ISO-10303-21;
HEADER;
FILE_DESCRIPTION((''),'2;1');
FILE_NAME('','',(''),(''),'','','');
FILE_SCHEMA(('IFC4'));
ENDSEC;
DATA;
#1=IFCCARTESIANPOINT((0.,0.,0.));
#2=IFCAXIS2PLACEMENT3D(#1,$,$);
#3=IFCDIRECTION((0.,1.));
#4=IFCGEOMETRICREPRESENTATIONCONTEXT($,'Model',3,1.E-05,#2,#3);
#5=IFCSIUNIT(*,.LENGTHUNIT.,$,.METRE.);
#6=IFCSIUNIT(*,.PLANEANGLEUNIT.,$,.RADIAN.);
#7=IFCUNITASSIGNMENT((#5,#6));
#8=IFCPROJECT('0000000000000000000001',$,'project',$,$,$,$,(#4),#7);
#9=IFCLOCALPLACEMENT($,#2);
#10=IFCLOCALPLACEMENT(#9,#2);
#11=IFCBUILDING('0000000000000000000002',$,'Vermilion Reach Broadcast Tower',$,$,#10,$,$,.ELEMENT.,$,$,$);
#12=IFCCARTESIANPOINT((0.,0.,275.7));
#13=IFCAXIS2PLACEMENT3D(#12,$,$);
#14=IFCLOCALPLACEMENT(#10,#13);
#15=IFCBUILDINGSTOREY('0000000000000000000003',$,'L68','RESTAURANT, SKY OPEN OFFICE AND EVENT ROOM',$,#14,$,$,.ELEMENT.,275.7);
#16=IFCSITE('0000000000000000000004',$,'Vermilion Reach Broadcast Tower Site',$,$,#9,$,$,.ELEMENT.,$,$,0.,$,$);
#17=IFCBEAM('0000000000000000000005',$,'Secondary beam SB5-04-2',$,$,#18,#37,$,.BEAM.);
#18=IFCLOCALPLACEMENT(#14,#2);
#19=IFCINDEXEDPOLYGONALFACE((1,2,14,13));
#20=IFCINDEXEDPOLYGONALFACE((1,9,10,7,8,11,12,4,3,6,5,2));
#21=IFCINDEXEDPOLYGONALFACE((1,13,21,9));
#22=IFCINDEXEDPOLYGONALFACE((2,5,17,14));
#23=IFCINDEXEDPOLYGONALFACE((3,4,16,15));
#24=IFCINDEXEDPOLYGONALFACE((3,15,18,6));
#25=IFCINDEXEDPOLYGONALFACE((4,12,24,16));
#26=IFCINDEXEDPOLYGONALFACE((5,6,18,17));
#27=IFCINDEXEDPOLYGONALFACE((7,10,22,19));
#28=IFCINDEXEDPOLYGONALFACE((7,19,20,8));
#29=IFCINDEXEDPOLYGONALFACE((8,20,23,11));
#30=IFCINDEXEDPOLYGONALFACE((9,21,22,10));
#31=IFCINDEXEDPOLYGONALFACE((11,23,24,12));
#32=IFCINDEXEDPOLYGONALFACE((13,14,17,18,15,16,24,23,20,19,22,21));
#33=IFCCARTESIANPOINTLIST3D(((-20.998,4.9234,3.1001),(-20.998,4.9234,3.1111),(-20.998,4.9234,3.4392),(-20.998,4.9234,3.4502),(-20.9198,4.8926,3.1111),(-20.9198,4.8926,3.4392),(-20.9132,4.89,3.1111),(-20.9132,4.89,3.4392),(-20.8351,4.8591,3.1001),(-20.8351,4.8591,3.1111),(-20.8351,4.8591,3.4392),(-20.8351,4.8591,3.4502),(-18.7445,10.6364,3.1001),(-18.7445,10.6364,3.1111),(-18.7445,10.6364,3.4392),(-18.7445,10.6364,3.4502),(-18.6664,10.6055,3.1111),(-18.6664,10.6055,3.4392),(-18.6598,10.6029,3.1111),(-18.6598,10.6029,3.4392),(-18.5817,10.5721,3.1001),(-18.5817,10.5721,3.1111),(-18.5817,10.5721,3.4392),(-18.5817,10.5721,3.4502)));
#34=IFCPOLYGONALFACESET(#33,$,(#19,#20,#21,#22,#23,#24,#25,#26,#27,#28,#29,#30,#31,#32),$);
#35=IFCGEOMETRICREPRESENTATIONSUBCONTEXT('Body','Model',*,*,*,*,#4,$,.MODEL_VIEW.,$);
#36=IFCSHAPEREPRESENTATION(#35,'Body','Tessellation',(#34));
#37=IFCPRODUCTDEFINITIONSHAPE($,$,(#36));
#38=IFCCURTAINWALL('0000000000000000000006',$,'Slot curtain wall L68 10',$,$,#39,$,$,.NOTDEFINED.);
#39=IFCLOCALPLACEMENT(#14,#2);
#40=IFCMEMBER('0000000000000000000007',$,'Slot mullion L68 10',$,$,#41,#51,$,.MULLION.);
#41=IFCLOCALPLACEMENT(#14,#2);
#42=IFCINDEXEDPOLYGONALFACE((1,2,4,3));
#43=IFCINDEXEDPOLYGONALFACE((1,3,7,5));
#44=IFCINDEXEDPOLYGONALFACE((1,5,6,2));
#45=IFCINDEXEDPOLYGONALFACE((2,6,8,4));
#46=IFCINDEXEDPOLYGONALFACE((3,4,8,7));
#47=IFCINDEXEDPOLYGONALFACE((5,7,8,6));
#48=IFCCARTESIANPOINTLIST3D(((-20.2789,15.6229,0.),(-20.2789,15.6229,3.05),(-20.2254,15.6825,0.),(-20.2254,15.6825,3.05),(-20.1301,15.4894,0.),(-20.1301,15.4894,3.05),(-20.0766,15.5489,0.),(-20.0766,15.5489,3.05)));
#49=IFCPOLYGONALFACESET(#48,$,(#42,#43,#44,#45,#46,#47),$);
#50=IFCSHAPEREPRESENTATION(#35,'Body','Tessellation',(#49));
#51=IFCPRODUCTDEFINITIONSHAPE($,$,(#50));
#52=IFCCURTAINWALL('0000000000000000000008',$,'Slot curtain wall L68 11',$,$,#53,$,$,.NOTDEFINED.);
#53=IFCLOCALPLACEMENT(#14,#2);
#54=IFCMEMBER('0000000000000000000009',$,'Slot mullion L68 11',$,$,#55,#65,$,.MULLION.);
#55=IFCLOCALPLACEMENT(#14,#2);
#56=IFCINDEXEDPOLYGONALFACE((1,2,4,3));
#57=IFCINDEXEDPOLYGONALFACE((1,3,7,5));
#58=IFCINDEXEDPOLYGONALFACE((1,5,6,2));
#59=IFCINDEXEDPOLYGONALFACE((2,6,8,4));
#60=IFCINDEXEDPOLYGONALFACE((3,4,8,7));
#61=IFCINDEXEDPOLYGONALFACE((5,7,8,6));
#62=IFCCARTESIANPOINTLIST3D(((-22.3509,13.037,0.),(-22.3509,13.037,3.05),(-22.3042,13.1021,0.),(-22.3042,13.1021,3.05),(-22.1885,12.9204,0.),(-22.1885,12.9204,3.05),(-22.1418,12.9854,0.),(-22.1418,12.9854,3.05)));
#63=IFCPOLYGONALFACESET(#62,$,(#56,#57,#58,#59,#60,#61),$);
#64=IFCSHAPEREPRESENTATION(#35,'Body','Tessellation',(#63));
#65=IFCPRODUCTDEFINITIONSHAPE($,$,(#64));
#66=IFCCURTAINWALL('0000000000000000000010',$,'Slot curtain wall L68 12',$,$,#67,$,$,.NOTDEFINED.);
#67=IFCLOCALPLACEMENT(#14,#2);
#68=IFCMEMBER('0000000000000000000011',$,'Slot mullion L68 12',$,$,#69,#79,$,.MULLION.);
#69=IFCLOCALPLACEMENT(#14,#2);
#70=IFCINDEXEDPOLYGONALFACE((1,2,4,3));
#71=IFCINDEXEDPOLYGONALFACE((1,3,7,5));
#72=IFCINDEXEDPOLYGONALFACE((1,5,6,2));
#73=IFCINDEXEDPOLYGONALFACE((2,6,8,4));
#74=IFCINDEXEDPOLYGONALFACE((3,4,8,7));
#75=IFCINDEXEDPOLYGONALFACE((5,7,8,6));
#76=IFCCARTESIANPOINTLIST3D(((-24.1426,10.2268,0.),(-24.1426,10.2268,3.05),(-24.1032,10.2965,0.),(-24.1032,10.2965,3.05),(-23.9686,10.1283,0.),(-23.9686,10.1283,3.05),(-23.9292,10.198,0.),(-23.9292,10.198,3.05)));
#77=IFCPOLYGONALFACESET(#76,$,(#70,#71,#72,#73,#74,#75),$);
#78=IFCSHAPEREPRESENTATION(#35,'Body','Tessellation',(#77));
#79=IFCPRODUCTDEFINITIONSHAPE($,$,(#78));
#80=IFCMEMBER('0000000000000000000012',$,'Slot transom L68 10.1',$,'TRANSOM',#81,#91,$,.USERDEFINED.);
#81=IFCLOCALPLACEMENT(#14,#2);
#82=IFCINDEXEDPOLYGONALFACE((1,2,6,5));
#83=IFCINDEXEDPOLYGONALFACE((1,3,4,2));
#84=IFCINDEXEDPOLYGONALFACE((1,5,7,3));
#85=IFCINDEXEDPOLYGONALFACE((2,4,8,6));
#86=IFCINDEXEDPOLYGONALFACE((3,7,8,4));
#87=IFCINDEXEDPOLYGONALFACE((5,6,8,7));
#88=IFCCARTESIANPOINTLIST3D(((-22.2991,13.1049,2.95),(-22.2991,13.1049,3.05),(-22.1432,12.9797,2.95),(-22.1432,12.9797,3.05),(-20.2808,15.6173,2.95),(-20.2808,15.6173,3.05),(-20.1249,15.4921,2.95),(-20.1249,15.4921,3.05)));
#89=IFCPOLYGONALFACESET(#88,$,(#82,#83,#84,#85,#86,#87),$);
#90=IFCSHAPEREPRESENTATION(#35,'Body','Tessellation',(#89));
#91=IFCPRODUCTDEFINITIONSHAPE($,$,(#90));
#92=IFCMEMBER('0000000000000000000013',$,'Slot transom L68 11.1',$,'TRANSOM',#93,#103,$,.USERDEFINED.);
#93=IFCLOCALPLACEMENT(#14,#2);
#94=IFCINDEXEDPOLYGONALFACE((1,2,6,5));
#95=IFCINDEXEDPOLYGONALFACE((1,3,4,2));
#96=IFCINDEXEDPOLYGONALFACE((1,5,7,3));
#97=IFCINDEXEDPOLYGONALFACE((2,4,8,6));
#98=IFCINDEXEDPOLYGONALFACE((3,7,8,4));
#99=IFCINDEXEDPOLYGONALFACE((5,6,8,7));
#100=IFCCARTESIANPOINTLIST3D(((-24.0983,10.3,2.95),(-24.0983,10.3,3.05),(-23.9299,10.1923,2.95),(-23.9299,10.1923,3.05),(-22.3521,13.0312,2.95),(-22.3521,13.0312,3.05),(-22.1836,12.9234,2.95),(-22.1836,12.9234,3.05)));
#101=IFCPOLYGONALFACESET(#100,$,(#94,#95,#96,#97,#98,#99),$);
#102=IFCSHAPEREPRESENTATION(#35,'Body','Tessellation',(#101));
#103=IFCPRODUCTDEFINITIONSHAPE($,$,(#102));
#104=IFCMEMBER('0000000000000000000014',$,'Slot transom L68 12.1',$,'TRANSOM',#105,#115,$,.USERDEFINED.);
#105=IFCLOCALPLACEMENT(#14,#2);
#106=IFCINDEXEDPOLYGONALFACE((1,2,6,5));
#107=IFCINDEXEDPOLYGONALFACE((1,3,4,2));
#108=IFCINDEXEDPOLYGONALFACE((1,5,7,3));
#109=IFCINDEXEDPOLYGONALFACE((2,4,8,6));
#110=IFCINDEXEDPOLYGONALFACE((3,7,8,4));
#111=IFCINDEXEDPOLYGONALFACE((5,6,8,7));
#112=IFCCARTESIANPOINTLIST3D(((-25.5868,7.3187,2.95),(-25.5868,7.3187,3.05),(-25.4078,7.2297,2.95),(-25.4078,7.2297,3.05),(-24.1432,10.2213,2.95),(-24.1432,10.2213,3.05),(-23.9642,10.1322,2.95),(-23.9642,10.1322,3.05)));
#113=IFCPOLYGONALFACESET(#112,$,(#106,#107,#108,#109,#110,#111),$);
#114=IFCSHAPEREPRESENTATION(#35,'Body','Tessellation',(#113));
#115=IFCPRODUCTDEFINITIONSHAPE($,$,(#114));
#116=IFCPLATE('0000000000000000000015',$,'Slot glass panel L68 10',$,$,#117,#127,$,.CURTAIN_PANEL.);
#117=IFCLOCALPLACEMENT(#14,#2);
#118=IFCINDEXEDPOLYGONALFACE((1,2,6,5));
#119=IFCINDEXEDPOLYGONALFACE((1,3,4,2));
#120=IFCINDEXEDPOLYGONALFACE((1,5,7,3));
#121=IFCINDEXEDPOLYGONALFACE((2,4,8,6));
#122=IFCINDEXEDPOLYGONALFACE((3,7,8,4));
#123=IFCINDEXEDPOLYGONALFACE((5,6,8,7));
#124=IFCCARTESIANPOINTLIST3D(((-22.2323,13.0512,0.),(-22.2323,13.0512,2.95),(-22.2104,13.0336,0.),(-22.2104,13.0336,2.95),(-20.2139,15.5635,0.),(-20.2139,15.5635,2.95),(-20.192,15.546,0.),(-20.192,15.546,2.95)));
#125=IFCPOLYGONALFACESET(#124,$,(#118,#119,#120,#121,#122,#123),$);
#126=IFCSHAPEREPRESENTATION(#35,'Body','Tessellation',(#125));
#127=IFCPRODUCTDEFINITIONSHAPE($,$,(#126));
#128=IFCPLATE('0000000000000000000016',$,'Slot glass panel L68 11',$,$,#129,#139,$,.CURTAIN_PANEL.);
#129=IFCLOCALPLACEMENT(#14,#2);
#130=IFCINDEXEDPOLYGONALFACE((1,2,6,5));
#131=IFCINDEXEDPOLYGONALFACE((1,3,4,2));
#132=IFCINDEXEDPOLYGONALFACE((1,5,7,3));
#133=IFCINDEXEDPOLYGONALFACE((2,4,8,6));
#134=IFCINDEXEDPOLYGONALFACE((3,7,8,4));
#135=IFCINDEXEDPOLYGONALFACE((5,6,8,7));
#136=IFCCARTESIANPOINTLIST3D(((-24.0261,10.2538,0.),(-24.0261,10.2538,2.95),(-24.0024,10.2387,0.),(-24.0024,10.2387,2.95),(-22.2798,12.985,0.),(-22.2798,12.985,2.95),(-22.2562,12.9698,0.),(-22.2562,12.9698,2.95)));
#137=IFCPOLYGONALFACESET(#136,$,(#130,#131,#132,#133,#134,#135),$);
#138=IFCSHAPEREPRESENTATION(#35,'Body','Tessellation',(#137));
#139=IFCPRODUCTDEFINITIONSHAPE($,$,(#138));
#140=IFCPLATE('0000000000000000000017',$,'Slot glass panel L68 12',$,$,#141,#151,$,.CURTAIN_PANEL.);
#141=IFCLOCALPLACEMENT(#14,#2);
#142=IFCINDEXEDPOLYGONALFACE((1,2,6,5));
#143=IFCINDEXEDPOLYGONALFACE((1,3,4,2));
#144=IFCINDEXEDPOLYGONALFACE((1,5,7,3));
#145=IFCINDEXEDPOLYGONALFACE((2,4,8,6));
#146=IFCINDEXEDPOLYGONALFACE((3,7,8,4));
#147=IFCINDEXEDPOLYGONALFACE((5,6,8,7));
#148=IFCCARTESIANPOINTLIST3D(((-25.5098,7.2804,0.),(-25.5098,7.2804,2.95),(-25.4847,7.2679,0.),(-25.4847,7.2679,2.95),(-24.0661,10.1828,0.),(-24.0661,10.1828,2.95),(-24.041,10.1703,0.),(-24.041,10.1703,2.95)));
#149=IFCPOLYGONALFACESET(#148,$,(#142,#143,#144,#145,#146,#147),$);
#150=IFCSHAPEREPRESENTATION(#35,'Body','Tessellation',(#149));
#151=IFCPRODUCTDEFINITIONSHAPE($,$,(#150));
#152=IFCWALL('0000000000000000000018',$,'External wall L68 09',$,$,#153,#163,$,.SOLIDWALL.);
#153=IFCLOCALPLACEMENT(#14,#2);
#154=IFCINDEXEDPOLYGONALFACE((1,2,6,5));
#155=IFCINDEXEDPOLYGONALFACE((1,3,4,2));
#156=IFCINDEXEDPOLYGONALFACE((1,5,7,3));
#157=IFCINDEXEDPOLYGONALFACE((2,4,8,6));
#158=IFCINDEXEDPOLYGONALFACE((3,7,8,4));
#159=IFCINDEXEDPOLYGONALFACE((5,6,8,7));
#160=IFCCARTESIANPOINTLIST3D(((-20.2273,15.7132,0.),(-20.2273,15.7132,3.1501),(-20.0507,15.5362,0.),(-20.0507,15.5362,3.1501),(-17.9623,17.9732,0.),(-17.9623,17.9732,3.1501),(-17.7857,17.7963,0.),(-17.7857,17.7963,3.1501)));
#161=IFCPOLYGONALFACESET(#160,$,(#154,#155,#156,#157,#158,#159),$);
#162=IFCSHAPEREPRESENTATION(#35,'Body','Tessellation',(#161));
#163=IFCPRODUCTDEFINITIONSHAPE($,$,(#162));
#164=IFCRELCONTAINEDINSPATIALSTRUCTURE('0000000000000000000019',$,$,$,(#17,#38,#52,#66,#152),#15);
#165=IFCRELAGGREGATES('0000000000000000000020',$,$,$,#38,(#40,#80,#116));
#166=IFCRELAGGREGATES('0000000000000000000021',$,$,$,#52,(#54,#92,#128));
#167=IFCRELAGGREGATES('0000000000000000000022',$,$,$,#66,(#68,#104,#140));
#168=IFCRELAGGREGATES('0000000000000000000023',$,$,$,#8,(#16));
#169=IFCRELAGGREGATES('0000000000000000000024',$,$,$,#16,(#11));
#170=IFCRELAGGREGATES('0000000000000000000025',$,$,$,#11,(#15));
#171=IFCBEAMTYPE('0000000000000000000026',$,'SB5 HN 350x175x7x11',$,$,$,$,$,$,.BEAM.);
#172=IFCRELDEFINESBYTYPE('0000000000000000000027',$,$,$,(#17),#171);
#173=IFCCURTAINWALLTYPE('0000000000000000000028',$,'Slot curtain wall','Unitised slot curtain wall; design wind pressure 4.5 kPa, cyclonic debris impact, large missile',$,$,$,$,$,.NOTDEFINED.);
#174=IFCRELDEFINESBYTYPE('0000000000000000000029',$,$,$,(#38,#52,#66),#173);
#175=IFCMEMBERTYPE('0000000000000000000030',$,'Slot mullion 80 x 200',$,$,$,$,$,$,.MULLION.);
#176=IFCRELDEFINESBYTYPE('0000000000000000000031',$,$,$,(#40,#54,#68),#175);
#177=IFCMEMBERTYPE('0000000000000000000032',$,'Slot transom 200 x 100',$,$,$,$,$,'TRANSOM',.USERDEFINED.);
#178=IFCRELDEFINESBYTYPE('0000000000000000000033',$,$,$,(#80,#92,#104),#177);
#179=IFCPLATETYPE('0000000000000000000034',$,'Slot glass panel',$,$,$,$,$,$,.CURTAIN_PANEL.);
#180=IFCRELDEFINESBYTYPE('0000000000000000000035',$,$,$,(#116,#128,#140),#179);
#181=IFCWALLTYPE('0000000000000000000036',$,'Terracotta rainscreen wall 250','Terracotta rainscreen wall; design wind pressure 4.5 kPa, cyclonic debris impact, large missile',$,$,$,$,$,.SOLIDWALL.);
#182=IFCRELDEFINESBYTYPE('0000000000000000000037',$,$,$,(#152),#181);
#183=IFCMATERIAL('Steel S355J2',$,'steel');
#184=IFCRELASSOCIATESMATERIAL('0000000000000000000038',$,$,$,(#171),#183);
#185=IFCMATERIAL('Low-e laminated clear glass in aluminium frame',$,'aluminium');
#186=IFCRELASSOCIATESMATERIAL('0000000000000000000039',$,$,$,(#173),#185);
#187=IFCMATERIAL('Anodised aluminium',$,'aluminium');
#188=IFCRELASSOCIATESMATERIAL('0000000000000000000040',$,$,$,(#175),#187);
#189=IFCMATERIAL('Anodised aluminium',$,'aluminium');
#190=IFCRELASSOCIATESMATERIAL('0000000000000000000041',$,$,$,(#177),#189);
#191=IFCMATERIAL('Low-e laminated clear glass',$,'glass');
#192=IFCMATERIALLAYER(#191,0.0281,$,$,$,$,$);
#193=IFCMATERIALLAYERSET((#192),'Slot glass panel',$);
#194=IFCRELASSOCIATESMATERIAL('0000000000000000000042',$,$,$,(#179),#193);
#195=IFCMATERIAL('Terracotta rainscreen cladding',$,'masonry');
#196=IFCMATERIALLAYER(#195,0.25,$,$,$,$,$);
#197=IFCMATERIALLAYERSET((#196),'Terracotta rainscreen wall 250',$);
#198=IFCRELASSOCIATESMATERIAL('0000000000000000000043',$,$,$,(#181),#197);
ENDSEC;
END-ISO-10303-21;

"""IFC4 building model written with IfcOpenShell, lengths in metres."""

from ifc_helpers import new_model, si_unit, direction, frame, frame_2d, origin, origin_2d, place, context, subcontext, project, spatial, rectangle, i_section, extrude, material, layer, layer_set, material_profile, profile_set, type_object, element, aggregate, save


model = new_model("IFC4")

# Units and contexts
model_context = context("Model", 3, precision=1e-05, world=origin(), true_north=direction((0.0, 1.0)))
body_context = subcontext(model_context, "Body", "Model", "MODEL_VIEW")
ifc_project = project(units=[si_unit("LENGTHUNIT", "METRE"), si_unit("PLANEANGLEUNIT", "RADIAN")], contexts=[model_context])

# Site, building, storey
site_placement = place(None, origin())
site = spatial("IfcSite", under=ifc_project, at=site_placement, Name="Vermilion Reach Broadcast Tower Site", CompositionType="ELEMENT", RefElevation=0.0)
building_placement = place(site_placement, origin())
building = spatial("IfcBuilding", under=site, at=building_placement, Name="Vermilion Reach Broadcast Tower", CompositionType="ELEMENT")
storey_placement = place(building_placement, frame((0.0, 0.0, 275.7)))
storey = spatial("IfcBuildingStorey", under=building, at=storey_placement, Name="L68", Description="RESTAURANT, SKY OPEN OFFICE AND EVENT ROOM", CompositionType="ELEMENT", Elevation=275.7)

# Beam
ifc_material_1 = material(Name="Steel S355J2", Category="steel")
ifc_material_profile_1 = material_profile(ifc_material_1, i_section(OverallWidth=0.175, OverallDepth=0.3501, WebThickness=0.0071, FlangeThickness=0.011, at=origin_2d()), Name="S355J2 HN 350x175x7x11")
ifc_profile_set_1 = profile_set([ifc_material_profile_1], Name="Steel S355J2")
beam_type_1 = type_object("IfcBeamType", Name="SB5 HN 350x175x7x11", PredefinedType="BEAM", material=ifc_profile_set_1)
beam_1_placement = place(storey_placement, frame((-18.6631, 10.6042, 3.2751), z_axis=(-0.366931, -0.930248, 0.0), x_axis=(0.930248, -0.366931, 0.0)))
element("IfcBeam", 1, at=beam_1_placement, inside=storey, type_object=beam_type_1, Name="Secondary beam SB5-04-2", PredefinedType="BEAM", context=body_context, shape_type="SweptSolid", body=[
    extrude(i_section(OverallWidth=0.175, OverallDepth=0.3501, WebThickness=0.0071, FlangeThickness=0.011, at=origin_2d()), origin(), (0.0, 0.0, 1.0), 6.1414),
])

# Curtain walls, members
ifc_material_2 = material(Name="Low-e laminated clear glass in aluminium frame", Category="aluminium")
curtain_wall_type = type_object("IfcCurtainWallType", Name="Slot curtain wall", Description="Unitised slot curtain wall; design wind pressure 4.5 kPa, cyclonic debris impact, large missile", PredefinedType="NOTDEFINED", material=ifc_material_2)
placement = place(storey_placement, origin())
curtain_wall_1 = element("IfcCurtainWall", 2, at=placement, inside=storey, type_object=curtain_wall_type, Name="Slot curtain wall L68 10", PredefinedType="NOTDEFINED")
ifc_material_3 = material(Name="Anodised aluminium", Category="aluminium")
ifc_material_profile_2 = material_profile(ifc_material_3, rectangle(XDim=0.2, YDim=0.0801, at=origin_2d()), Name="Slot mullion 80 x 200")
ifc_profile_set_2 = profile_set([ifc_material_profile_2], Name="Anodised aluminium")
member_type_1 = type_object("IfcMemberType", Name="Slot mullion 80 x 200", PredefinedType="MULLION", material=ifc_profile_set_2)
member_1_placement = place(storey_placement, frame((-20.1777, 15.5859, 0.0), z_axis=(0.0, 0.0, 1.0), x_axis=(0.744067, -0.668105, 0.0)))
member_1 = element("IfcMember", 3, at=member_1_placement, type_object=member_type_1, Name="Slot mullion L68 10", PredefinedType="MULLION", context=body_context, shape_type="SweptSolid", body=[
    extrude(rectangle(XDim=0.2, YDim=0.0801, at=origin_2d()), origin(), (0.0, 0.0, 1.0), 3.05),
])
curtain_wall_2 = element("IfcCurtainWall", 4, at=placement, inside=storey, type_object=curtain_wall_type, Name="Slot curtain wall L68 11", PredefinedType="NOTDEFINED")
member_2_placement = place(storey_placement, frame((-22.2463, 13.0112, 0.0), z_axis=(0.0, 0.0, 1.0), x_axis=(0.812227, -0.583342, 0.0)))
member_2 = element("IfcMember", 5, at=member_2_placement, type_object=member_type_1, Name="Slot mullion L68 11", PredefinedType="MULLION", context=body_context, shape_type="SweptSolid", body=[
    extrude(rectangle(XDim=0.2, YDim=0.0801, at=origin_2d()), origin(), (0.0, 0.0, 1.0), 3.05),
])
curtain_wall_3 = element("IfcCurtainWall", 6, at=placement, inside=storey, type_object=curtain_wall_type, Name="Slot curtain wall L68 12", PredefinedType="NOTDEFINED")
member_3_placement = place(storey_placement, frame((-24.0359, 10.2124, 0.0), z_axis=(0.0, 0.0, 1.0), x_axis=(0.870184, -0.492727, 0.0)))
member_3 = element("IfcMember", 7, at=member_3_placement, type_object=member_type_1, Name="Slot mullion L68 12", PredefinedType="MULLION", context=body_context, shape_type="SweptSolid", body=[
    extrude(rectangle(XDim=0.2, YDim=0.0801, at=origin_2d()), origin(), (0.0, 0.0, 1.0), 3.05),
])

# Members
ifc_material_4 = material(Name="Anodised aluminium", Category="aluminium")
ifc_material_profile_3 = material_profile(ifc_material_4, rectangle(XDim=0.2, YDim=0.1001, at=origin_2d()), Name="Slot transom 200 x 100")
ifc_profile_set_3 = profile_set([ifc_material_profile_3], Name="Anodised aluminium")
member_type_2 = type_object("IfcMemberType", Name="Slot transom 200 x 100", ElementType="TRANSOM", PredefinedType="USERDEFINED", material=ifc_profile_set_3)
member_4_placement = place(storey_placement, frame((-20.2029, 15.5547, 3.0), z_axis=(-0.626274, -0.779603, 0.0), x_axis=(0.779603, -0.626274, 0.0)))
member_4 = element("IfcMember", 8, at=member_4_placement, type_object=member_type_2, Name="Slot transom L68 10.1", ObjectType="TRANSOM", PredefinedType="USERDEFINED", context=body_context, shape_type="SweptSolid", body=[
    extrude(rectangle(XDim=0.2, YDim=0.1001, at=origin_2d()), origin(), (0.0, 0.0, 1.0), 3.2227),
])
member_5_placement = place(storey_placement, frame((-22.2678, 12.9773, 3.0), z_axis=(-0.538697, -0.8425, 0.0), x_axis=(0.8425, -0.538697, 0.0)))
member_5 = element("IfcMember", 9, at=member_5_placement, type_object=member_type_2, Name="Slot transom L68 11.1", ObjectType="TRANSOM", PredefinedType="USERDEFINED", context=body_context, shape_type="SweptSolid", body=[
    extrude(rectangle(XDim=0.2, YDim=0.1001, at=origin_2d()), origin(), (0.0, 0.0, 1.0), 3.2417),
])
member_6_placement = place(storey_placement, frame((-24.0537, 10.1768, 3.0), z_axis=(-0.445315, -0.895374, 0.0), x_axis=(0.895374, -0.445315, 0.0)))
member_6 = element("IfcMember", 10, at=member_6_placement, type_object=member_type_2, Name="Slot transom L68 12.1", ObjectType="TRANSOM", PredefinedType="USERDEFINED", context=body_context, shape_type="SweptSolid", body=[
    extrude(rectangle(XDim=0.2, YDim=0.1001, at=origin_2d()), origin(), (0.0, 0.0, 1.0), 3.2417),
])

# Plates
ifc_material_5 = material(Name="Low-e laminated clear glass", Category="glass")
ifc_layer_1 = layer(ifc_material_5, 0.0281)
ifc_layer_set_1 = layer_set([ifc_layer_1], Name="Slot glass panel")
plate_type = type_object("IfcPlateType", Name="Slot glass panel", PredefinedType="CURTAIN_PANEL", material=ifc_layer_set_1)
plate_1_placement = place(storey_placement, frame((-21.2122, 14.2986, 0.0), z_axis=(0.0, 0.0, 1.0), x_axis=(-0.626298, -0.779584, 0.0)))
plate_1 = element("IfcPlate", 11, at=plate_1_placement, type_object=plate_type, Name="Slot glass panel L68 10", PredefinedType="CURTAIN_PANEL", context=body_context, shape_type="SweptSolid", body=[
    extrude(rectangle(XDim=3.2227, YDim=0.0281, at=origin_2d()), origin(), (0.0, 0.0, 1.0), 2.95),
])
aggregate(curtain_wall_1, [member_1, member_4, plate_1])
plate_2_placement = place(storey_placement, frame((-23.1411, 11.6118, 0.0), z_axis=(0.0, 0.0, 1.0), x_axis=(-0.538687, -0.842506, 0.0)))
plate_2 = element("IfcPlate", 12, at=plate_2_placement, type_object=plate_type, Name="Slot glass panel L68 11", PredefinedType="CURTAIN_PANEL", context=body_context, shape_type="SweptSolid", body=[
    extrude(rectangle(XDim=3.2417, YDim=0.0281, at=origin_2d()), origin(), (0.0, 0.0, 1.0), 2.95),
])
aggregate(curtain_wall_2, [member_2, member_5, plate_2])
plate_3_placement = place(storey_placement, frame((-24.7754, 8.7253, 0.0), z_axis=(0.0, 0.0, 1.0), x_axis=(-0.445349, -0.895357, 0.0)))
plate_3 = element("IfcPlate", 13, at=plate_3_placement, type_object=plate_type, Name="Slot glass panel L68 12", PredefinedType="CURTAIN_PANEL", context=body_context, shape_type="SweptSolid", body=[
    extrude(rectangle(XDim=3.2417, YDim=0.0281, at=origin_2d()), origin(), (0.0, 0.0, 1.0), 2.95),
])
aggregate(curtain_wall_3, [member_3, member_6, plate_3])

# Wall
ifc_material_6 = material(Name="Terracotta rainscreen cladding", Category="masonry")
ifc_layer_2 = layer(ifc_material_6, 0.25)
ifc_layer_set_2 = layer_set([ifc_layer_2], Name="Terracotta rainscreen wall 250")
wall_type_1 = type_object("IfcWallType", Name="Terracotta rainscreen wall 250", Description="Terracotta rainscreen wall; design wind pressure 4.5 kPa, cyclonic debris impact, large missile", PredefinedType="SOLIDWALL", material=ifc_layer_set_2)
wall_1_placement = place(storey_placement, frame((-17.874, 17.8848, 0.0), z_axis=(0.0, 0.0, 1.0), x_axis=(-0.707869, -0.706343, 0.0)))
element("IfcWall", 14, at=wall_1_placement, inside=storey, type_object=wall_type_1, Name="External wall L68 09", PredefinedType="SOLIDWALL", context=body_context, shape_type="SweptSolid", body=[
    extrude(rectangle(XDim=3.1997, YDim=0.25, at=frame_2d((1.5999, 0.0))), origin(), (0.0, 0.0, 1.0), 3.1501),
])

save(model, "model.ifc")
